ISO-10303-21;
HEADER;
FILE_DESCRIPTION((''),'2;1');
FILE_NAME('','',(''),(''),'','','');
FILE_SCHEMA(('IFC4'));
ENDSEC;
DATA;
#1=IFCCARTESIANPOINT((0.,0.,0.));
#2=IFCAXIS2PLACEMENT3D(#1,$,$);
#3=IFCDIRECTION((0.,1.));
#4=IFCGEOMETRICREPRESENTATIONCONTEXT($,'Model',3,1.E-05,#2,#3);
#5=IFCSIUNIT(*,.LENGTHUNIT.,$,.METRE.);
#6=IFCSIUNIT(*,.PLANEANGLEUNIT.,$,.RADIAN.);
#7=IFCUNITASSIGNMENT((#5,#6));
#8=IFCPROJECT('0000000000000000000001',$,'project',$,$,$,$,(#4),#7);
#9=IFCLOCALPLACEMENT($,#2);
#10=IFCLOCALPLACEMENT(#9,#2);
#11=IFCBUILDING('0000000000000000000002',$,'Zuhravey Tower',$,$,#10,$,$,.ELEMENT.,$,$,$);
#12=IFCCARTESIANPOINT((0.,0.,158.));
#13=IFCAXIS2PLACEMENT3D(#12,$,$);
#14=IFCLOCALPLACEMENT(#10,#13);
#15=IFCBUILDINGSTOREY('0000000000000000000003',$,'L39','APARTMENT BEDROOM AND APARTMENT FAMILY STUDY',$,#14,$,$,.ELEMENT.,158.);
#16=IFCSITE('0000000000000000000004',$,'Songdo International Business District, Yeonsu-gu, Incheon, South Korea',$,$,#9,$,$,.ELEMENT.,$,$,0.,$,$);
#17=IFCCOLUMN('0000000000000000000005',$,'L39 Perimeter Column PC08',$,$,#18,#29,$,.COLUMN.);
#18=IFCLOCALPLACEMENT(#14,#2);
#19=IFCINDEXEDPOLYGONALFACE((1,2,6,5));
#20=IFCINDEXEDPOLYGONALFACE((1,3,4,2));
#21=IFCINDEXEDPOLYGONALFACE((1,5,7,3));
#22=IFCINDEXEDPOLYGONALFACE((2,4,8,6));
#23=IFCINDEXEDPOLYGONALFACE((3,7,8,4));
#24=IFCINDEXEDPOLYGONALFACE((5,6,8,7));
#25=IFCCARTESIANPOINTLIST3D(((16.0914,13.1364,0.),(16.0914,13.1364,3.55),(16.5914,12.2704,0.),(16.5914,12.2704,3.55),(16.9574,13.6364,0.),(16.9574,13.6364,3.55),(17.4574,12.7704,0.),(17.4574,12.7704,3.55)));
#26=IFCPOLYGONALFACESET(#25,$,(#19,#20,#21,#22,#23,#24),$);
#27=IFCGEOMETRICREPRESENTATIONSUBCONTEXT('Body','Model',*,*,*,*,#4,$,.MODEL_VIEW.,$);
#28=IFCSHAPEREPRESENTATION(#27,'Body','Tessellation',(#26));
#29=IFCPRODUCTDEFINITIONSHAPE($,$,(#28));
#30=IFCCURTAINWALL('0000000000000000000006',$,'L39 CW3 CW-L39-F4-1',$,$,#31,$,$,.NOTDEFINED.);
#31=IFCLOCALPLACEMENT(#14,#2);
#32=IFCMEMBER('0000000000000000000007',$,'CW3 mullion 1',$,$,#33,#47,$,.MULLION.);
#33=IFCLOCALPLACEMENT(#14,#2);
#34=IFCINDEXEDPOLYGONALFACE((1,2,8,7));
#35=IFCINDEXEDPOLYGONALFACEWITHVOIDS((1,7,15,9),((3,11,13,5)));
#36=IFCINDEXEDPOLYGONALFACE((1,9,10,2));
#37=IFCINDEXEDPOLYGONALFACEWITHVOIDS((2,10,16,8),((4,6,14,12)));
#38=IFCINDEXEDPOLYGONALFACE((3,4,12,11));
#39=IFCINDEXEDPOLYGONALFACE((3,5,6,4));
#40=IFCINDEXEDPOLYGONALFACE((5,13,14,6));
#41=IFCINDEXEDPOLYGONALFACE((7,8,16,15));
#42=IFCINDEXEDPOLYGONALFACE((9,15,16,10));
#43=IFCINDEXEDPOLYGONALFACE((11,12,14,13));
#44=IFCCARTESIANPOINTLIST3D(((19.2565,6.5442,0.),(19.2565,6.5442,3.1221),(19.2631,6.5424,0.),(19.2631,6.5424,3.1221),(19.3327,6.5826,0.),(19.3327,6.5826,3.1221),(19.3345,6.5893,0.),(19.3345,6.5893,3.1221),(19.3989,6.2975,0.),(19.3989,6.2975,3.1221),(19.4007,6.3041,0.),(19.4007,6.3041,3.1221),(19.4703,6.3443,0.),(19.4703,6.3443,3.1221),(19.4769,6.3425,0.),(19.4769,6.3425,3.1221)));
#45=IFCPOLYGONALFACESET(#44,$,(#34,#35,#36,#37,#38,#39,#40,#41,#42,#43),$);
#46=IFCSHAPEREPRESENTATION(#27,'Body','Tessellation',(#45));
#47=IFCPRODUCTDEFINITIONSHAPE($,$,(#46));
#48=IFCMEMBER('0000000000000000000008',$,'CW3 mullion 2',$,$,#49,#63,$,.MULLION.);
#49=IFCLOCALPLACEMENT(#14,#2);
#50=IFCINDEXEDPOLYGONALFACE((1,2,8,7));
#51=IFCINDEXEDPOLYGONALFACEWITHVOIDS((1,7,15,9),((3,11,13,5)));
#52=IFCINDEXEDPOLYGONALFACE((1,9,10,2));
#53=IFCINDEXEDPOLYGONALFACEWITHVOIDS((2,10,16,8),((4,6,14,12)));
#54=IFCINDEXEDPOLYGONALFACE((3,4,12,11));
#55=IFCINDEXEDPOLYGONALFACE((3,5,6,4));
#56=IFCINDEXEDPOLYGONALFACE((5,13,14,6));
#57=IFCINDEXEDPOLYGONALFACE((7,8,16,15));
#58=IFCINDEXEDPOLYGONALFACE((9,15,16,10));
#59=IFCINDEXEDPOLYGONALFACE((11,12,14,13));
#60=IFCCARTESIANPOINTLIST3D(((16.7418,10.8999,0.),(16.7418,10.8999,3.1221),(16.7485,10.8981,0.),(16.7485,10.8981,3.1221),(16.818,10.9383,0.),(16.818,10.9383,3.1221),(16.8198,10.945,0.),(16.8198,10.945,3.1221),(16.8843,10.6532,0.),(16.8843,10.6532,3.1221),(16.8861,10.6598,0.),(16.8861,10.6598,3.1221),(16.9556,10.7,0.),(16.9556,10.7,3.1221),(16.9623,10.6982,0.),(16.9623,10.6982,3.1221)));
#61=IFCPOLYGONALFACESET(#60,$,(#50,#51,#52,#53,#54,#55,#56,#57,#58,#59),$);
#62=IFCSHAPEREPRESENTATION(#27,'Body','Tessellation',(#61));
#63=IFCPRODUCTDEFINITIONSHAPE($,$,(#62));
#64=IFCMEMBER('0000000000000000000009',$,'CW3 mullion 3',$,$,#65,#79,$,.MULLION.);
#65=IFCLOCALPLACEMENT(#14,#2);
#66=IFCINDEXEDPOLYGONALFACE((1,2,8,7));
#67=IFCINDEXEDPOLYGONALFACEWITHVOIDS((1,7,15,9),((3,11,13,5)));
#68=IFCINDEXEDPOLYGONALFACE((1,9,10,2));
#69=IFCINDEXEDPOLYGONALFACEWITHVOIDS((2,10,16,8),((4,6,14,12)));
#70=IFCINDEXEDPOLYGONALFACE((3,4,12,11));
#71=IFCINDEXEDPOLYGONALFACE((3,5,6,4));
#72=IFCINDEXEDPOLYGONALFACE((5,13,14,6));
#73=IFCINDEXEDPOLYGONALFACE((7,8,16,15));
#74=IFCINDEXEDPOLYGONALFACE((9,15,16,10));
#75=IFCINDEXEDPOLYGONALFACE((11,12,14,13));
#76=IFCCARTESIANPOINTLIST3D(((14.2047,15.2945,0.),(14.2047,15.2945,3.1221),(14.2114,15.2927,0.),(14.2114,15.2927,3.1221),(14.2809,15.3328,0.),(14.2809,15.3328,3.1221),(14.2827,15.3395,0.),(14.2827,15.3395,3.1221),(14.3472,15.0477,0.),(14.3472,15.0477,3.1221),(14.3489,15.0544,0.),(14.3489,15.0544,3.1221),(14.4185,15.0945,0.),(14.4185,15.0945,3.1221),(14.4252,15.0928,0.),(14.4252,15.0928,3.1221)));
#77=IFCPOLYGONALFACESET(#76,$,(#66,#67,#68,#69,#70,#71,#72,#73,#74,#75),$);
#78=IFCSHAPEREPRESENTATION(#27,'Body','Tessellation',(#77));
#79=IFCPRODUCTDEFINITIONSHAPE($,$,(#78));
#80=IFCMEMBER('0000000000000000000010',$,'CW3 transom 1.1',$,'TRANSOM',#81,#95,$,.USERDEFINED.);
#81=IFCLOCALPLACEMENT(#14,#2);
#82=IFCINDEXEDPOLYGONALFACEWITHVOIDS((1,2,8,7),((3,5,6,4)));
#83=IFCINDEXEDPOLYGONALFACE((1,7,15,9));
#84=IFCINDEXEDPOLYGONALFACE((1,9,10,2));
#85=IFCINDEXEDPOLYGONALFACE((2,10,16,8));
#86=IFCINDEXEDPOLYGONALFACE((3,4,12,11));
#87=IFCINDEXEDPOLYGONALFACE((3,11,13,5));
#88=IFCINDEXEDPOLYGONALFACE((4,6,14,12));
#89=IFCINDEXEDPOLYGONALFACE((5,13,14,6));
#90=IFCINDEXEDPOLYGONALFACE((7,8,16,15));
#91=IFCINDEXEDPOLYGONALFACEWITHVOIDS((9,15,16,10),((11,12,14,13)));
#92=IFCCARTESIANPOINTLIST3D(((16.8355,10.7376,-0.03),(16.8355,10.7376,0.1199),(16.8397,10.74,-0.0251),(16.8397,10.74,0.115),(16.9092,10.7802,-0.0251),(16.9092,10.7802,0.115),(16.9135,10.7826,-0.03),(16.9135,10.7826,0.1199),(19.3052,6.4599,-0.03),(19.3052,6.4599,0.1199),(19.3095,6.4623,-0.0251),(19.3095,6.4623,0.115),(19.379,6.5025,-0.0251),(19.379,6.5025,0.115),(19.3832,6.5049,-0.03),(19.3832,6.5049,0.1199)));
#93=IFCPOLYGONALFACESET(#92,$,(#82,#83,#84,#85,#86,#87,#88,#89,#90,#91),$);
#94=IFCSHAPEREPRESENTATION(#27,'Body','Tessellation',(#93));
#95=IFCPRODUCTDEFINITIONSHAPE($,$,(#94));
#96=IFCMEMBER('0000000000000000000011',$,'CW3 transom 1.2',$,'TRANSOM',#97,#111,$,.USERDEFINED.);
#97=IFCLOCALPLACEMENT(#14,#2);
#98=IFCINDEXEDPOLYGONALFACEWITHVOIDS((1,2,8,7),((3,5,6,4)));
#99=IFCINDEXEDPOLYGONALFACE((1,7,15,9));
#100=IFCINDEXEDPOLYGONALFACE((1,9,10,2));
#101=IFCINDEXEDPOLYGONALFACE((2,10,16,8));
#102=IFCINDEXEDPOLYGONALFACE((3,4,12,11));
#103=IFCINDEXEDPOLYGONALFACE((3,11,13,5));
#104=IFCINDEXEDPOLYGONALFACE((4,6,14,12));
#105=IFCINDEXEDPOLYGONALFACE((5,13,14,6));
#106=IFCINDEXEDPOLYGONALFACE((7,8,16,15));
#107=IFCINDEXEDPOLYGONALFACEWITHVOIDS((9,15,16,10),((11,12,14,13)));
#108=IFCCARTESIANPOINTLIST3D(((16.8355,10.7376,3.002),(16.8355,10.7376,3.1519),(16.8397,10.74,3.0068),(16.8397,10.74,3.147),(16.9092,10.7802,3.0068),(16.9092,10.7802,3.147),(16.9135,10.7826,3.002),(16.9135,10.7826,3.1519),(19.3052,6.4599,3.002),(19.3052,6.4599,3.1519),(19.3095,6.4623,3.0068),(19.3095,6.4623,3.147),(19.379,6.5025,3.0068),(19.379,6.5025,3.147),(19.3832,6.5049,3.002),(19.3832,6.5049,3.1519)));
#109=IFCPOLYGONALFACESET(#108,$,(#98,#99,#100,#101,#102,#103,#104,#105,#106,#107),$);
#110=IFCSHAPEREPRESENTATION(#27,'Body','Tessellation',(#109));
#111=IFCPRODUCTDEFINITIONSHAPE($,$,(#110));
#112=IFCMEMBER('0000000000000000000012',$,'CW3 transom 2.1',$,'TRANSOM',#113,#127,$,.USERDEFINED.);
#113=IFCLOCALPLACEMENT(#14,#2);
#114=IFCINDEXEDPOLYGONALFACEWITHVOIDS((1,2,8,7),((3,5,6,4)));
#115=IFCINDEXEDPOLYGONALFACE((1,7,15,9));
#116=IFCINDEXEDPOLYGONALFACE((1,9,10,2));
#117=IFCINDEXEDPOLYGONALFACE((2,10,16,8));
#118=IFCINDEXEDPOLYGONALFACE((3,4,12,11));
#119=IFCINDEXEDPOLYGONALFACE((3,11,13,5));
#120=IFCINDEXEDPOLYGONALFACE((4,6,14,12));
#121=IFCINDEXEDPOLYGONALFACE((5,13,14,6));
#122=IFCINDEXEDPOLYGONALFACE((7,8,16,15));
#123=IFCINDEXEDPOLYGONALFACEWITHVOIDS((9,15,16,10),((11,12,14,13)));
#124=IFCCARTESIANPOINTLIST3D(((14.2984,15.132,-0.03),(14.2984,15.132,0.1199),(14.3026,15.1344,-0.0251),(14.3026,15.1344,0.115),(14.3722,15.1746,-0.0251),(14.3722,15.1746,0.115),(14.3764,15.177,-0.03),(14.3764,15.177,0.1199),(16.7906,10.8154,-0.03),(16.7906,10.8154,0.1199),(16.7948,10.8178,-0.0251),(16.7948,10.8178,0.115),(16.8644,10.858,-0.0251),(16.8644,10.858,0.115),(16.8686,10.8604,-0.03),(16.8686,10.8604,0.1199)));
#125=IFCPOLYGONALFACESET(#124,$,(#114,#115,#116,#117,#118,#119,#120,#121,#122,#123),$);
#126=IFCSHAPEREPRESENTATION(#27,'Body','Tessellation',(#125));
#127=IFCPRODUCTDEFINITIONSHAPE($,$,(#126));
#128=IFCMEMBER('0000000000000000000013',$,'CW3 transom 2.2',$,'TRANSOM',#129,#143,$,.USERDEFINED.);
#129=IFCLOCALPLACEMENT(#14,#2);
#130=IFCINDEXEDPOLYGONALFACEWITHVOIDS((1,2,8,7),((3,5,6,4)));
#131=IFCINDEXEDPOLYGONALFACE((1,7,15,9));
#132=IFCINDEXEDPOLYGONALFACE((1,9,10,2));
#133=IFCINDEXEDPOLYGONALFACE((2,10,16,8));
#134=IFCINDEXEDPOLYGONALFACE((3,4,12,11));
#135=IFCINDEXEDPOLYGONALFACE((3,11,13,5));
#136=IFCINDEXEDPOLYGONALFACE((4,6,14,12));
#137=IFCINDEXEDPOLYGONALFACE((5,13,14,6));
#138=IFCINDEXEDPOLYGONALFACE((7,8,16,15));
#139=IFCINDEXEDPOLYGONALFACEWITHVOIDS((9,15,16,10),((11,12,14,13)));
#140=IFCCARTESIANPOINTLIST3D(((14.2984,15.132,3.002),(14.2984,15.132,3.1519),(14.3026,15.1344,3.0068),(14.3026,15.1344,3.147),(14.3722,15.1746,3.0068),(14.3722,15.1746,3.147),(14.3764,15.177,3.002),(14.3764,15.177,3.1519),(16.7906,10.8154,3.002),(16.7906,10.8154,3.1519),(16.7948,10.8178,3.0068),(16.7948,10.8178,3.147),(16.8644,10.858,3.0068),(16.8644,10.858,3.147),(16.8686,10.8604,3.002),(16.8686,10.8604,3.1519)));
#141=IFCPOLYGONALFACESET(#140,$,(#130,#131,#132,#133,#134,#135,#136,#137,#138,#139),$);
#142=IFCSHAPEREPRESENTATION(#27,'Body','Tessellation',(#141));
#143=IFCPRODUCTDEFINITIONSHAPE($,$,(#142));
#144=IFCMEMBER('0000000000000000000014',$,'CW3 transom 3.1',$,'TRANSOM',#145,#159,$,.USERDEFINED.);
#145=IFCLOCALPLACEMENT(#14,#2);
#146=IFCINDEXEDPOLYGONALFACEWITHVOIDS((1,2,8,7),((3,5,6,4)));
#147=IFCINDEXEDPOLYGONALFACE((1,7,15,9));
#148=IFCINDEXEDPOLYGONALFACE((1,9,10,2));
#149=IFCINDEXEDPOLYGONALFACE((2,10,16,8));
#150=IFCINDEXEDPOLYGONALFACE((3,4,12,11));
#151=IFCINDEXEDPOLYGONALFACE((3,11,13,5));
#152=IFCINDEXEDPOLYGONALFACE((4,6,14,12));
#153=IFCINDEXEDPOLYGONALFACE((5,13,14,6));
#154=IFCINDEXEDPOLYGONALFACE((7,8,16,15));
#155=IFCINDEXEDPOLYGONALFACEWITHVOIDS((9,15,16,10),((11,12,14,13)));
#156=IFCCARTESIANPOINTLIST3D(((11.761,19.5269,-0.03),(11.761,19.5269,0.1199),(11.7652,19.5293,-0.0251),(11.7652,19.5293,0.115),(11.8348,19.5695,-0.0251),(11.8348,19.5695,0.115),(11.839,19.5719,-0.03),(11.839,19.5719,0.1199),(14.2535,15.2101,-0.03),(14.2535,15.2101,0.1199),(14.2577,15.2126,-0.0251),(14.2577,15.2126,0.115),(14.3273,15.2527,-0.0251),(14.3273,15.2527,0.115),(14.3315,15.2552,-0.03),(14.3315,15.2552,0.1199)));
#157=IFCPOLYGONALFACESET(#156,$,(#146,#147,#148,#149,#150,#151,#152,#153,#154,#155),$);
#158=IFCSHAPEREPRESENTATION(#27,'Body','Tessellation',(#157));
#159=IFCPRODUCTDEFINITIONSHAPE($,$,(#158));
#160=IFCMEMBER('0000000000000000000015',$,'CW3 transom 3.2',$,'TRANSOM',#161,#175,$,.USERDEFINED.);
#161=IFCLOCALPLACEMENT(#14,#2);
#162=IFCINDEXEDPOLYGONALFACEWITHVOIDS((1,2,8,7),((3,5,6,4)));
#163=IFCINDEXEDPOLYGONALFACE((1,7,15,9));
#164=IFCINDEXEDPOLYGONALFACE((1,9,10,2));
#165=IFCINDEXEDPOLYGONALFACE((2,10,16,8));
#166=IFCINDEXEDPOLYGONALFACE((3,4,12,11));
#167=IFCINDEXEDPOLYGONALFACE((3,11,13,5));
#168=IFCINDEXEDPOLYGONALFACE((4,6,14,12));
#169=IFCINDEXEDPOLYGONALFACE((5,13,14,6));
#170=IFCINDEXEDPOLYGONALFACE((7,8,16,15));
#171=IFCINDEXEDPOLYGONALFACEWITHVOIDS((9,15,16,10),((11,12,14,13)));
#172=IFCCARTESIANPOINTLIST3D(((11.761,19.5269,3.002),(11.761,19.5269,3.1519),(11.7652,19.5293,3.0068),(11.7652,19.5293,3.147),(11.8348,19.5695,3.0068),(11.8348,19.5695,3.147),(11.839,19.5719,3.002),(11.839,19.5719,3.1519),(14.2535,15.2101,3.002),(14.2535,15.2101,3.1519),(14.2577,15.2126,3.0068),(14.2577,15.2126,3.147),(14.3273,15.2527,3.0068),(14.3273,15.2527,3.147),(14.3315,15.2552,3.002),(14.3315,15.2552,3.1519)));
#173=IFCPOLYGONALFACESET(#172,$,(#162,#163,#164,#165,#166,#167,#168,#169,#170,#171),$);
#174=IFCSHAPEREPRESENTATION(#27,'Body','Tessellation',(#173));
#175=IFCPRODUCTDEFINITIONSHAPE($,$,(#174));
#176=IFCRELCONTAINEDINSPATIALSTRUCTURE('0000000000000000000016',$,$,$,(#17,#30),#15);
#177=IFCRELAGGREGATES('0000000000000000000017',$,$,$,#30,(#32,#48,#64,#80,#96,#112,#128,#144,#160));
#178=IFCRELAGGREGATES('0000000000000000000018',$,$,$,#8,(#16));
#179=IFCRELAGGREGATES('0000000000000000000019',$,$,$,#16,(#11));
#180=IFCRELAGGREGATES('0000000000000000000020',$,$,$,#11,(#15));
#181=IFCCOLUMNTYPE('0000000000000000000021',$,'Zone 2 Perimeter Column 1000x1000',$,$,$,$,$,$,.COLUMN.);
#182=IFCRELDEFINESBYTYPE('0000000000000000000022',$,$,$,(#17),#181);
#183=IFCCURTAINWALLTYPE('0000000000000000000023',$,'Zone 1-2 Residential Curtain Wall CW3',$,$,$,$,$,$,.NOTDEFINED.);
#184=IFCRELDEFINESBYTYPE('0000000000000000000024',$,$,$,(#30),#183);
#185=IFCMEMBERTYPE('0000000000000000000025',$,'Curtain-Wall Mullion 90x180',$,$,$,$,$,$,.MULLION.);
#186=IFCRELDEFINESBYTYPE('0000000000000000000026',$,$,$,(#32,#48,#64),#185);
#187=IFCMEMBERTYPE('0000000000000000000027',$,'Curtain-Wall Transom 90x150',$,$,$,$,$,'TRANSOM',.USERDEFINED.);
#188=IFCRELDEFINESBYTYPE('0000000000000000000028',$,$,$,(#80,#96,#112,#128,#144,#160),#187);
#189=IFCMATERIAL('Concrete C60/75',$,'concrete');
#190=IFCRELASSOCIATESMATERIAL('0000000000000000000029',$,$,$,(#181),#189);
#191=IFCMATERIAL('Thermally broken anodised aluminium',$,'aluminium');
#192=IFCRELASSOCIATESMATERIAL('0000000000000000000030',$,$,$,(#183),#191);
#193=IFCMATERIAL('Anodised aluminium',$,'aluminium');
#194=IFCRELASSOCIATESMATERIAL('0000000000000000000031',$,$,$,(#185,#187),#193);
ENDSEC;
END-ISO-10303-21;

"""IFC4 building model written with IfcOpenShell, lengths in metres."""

from ifc_helpers import new_model, si_unit, direction, frame, origin, origin_2d, place, context, subcontext, project, spatial, rectangle, hollow_rectangle, extrude, material, material_profile, profile_set, type_object, element, aggregate, save


model = new_model("IFC4")

# Units and contexts
model_context = context("Model", 3, precision=1e-05, world=origin(), true_north=direction((0.0, 1.0)))
body_context = subcontext(model_context, "Body", "Model", "MODEL_VIEW")
ifc_project = project(units=[si_unit("LENGTHUNIT", "METRE"), si_unit("PLANEANGLEUNIT", "RADIAN")], contexts=[model_context])

# Site, building, storey
site_placement = place(None, origin())
site = spatial("IfcSite", under=ifc_project, at=site_placement, Name="Songdo International Business District, Yeonsu-gu, Incheon, South Korea", CompositionType="ELEMENT", RefElevation=0.0)
building_placement = place(site_placement, origin())
building = spatial("IfcBuilding", under=site, at=building_placement, Name="Zuhravey Tower", CompositionType="ELEMENT")
storey_placement = place(building_placement, frame((0.0, 0.0, 158.0)))
storey = spatial("IfcBuildingStorey", under=building, at=storey_placement, Name="L39", Description="APARTMENT BEDROOM AND APARTMENT FAMILY STUDY", CompositionType="ELEMENT", Elevation=158.0)

# Column
ifc_material_1 = material(Name="Concrete C60/75", Category="concrete")
ifc_material_profile_1 = material_profile(ifc_material_1, rectangle(XDim=1.0, YDim=1.0, at=origin_2d()), Name="RC-1000x1000")
ifc_profile_set_1 = profile_set([ifc_material_profile_1], Name="Concrete C60/75")
column_type = type_object("IfcColumnType", Name="Zone 2 Perimeter Column 1000x1000", PredefinedType="COLUMN", material=ifc_profile_set_1)
column_placement = place(storey_placement, frame((16.7744, 12.9534, 0.0), z_axis=(0.0, 0.0, 1.0), x_axis=(0.5, -0.866025, 0.0)))
element("IfcColumn", 1, at=column_placement, inside=storey, type_object=column_type, Name="L39 Perimeter Column PC08", PredefinedType="COLUMN", context=body_context, shape_type="SweptSolid", body=[
    extrude(rectangle(XDim=1.0, YDim=1.0, at=origin_2d()), origin(), (0.0, 0.0, 1.0), 3.55),
])

# Curtain wall, members
ifc_material_2 = material(Name="Thermally broken anodised aluminium", Category="aluminium")
curtain_wall_type = type_object("IfcCurtainWallType", Name="Zone 1-2 Residential Curtain Wall CW3", PredefinedType="NOTDEFINED", material=ifc_material_2)
curtain_wall_placement = place(storey_placement, origin())
curtain_wall = element("IfcCurtainWall", 2, at=curtain_wall_placement, inside=storey, type_object=curtain_wall_type, Name="L39 CW3 CW-L39-F4-1", PredefinedType="NOTDEFINED")
ifc_material_3 = material(Name="Anodised aluminium", Category="aluminium")
ifc_material_profile_2 = material_profile(ifc_material_3, hollow_rectangle(XDim=0.0901, YDim=0.2849, WallThickness=0.0049, at=origin_2d()), Name="ALU-RHS-90x285x5")
ifc_profile_set_2 = profile_set([ifc_material_profile_2], Name="Anodised aluminium")
member_type_1 = type_object("IfcMemberType", Name="Curtain-Wall Mullion 90x180", PredefinedType="MULLION", material=ifc_profile_set_2)
member_1_placement = place(storey_placement, frame((19.3667, 6.4434, 0.0), z_axis=(0.0, 0.0, 1.0), x_axis=(-0.866026, -0.499999, 0.0)))
member_1 = element("IfcMember", 3, at=member_1_placement, type_object=member_type_1, Name="CW3 mullion 1", PredefinedType="MULLION", context=body_context, shape_type="SweptSolid", body=[
    extrude(hollow_rectangle(XDim=0.0901, YDim=0.2849, WallThickness=0.0049, at=origin_2d()), origin(), (0.0, 0.0, 1.0), 3.1221),
])
member_2_placement = place(storey_placement, frame((16.8521, 10.7991, 0.0), z_axis=(0.0, 0.0, 1.0), x_axis=(-0.866026, -0.499999, 0.0)))
member_2 = element("IfcMember", 4, at=member_2_placement, type_object=member_type_1, Name="CW3 mullion 2", PredefinedType="MULLION", context=body_context, shape_type="SweptSolid", body=[
    extrude(hollow_rectangle(XDim=0.0901, YDim=0.2849, WallThickness=0.0049, at=origin_2d()), origin(), (0.0, 0.0, 1.0), 3.1221),
])
member_3_placement = place(storey_placement, frame((14.3149, 15.1936, 0.0), z_axis=(0.0, 0.0, 1.0), x_axis=(-0.866026, -0.499999, 0.0)))
member_3 = element("IfcMember", 5, at=member_3_placement, type_object=member_type_1, Name="CW3 mullion 3", PredefinedType="MULLION", context=body_context, shape_type="SweptSolid", body=[
    extrude(hollow_rectangle(XDim=0.0901, YDim=0.2849, WallThickness=0.0049, at=origin_2d()), origin(), (0.0, 0.0, 1.0), 3.1221),
])
ifc_material_profile_3 = material_profile(ifc_material_3, hollow_rectangle(XDim=0.0901, YDim=0.1499, WallThickness=0.0049, at=origin_2d()), Name="ALU-RHS-90x150x5")
ifc_profile_set_3 = profile_set([ifc_material_profile_3], Name="Anodised aluminium")
member_type_2 = type_object("IfcMemberType", Name="Curtain-Wall Transom 90x150", ElementType="TRANSOM", PredefinedType="USERDEFINED", material=ifc_profile_set_3)
member_4_placement = place(storey_placement, frame((19.3442, 6.4824, 0.0449), z_axis=(-0.500009, 0.86602, 0.0), x_axis=(-0.86602, -0.500009, 0.0)))
member_4 = element("IfcMember", 6, at=member_4_placement, type_object=member_type_2, Name="CW3 transom 1.1", ObjectType="TRANSOM", PredefinedType="USERDEFINED", context=body_context, shape_type="SweptSolid", body=[
    extrude(hollow_rectangle(XDim=0.0901, YDim=0.1499, WallThickness=0.0049, at=origin_2d()), origin(), (0.0, 0.0, 1.0), 4.9395),
])
member_5_placement = place(storey_placement, frame((19.3442, 6.4824, 3.0769), z_axis=(-0.500009, 0.86602, 0.0), x_axis=(-0.86602, -0.500009, 0.0)))
member_5 = element("IfcMember", 7, at=member_5_placement, type_object=member_type_2, Name="CW3 transom 1.2", ObjectType="TRANSOM", PredefinedType="USERDEFINED", context=body_context, shape_type="SweptSolid", body=[
    extrude(hollow_rectangle(XDim=0.0901, YDim=0.1499, WallThickness=0.0049, at=origin_2d()), origin(), (0.0, 0.0, 1.0), 4.9395),
])
member_6_placement = place(storey_placement, frame((16.8296, 10.8379, 0.0449), z_axis=(-0.499995, 0.866028, 0.0), x_axis=(-0.866028, -0.499995, 0.0)))
member_6 = element("IfcMember", 8, at=member_6_placement, type_object=member_type_2, Name="CW3 transom 2.1", ObjectType="TRANSOM", PredefinedType="USERDEFINED", context=body_context, shape_type="SweptSolid", body=[
    extrude(hollow_rectangle(XDim=0.0901, YDim=0.1499, WallThickness=0.0049, at=origin_2d()), origin(), (0.0, 0.0, 1.0), 4.9844),
])
member_7_placement = place(storey_placement, frame((16.8296, 10.8379, 3.0769), z_axis=(-0.499995, 0.866028, 0.0), x_axis=(-0.866028, -0.499995, 0.0)))
member_7 = element("IfcMember", 9, at=member_7_placement, type_object=member_type_2, Name="CW3 transom 2.2", ObjectType="TRANSOM", PredefinedType="USERDEFINED", context=body_context, shape_type="SweptSolid", body=[
    extrude(hollow_rectangle(XDim=0.0901, YDim=0.1499, WallThickness=0.0049, at=origin_2d()), origin(), (0.0, 0.0, 1.0), 4.9844),
])
member_8_placement = place(storey_placement, frame((14.2925, 15.2327, 0.0449), z_axis=(-0.500032, 0.866007, 0.0), x_axis=(-0.866007, -0.500032, 0.0)))
member_8 = element("IfcMember", 10, at=member_8_placement, type_object=member_type_2, Name="CW3 transom 3.1", ObjectType="TRANSOM", PredefinedType="USERDEFINED", context=body_context, shape_type="SweptSolid", body=[
    extrude(hollow_rectangle(XDim=0.0901, YDim=0.1499, WallThickness=0.0049, at=origin_2d()), origin(), (0.0, 0.0, 1.0), 4.9846),
])
member_9_placement = place(storey_placement, frame((14.2925, 15.2327, 3.0769), z_axis=(-0.500032, 0.866007, 0.0), x_axis=(-0.866007, -0.500032, 0.0)))
member_9 = element("IfcMember", 11, at=member_9_placement, type_object=member_type_2, Name="CW3 transom 3.2", ObjectType="TRANSOM", PredefinedType="USERDEFINED", context=body_context, shape_type="SweptSolid", body=[
    extrude(hollow_rectangle(XDim=0.0901, YDim=0.1499, WallThickness=0.0049, at=origin_2d()), origin(), (0.0, 0.0, 1.0), 4.9846),
])

aggregate(curtain_wall, [member_1, member_2, member_3, member_4, member_5, member_6, member_7, member_8, member_9])

save(model, "model.ifc")
